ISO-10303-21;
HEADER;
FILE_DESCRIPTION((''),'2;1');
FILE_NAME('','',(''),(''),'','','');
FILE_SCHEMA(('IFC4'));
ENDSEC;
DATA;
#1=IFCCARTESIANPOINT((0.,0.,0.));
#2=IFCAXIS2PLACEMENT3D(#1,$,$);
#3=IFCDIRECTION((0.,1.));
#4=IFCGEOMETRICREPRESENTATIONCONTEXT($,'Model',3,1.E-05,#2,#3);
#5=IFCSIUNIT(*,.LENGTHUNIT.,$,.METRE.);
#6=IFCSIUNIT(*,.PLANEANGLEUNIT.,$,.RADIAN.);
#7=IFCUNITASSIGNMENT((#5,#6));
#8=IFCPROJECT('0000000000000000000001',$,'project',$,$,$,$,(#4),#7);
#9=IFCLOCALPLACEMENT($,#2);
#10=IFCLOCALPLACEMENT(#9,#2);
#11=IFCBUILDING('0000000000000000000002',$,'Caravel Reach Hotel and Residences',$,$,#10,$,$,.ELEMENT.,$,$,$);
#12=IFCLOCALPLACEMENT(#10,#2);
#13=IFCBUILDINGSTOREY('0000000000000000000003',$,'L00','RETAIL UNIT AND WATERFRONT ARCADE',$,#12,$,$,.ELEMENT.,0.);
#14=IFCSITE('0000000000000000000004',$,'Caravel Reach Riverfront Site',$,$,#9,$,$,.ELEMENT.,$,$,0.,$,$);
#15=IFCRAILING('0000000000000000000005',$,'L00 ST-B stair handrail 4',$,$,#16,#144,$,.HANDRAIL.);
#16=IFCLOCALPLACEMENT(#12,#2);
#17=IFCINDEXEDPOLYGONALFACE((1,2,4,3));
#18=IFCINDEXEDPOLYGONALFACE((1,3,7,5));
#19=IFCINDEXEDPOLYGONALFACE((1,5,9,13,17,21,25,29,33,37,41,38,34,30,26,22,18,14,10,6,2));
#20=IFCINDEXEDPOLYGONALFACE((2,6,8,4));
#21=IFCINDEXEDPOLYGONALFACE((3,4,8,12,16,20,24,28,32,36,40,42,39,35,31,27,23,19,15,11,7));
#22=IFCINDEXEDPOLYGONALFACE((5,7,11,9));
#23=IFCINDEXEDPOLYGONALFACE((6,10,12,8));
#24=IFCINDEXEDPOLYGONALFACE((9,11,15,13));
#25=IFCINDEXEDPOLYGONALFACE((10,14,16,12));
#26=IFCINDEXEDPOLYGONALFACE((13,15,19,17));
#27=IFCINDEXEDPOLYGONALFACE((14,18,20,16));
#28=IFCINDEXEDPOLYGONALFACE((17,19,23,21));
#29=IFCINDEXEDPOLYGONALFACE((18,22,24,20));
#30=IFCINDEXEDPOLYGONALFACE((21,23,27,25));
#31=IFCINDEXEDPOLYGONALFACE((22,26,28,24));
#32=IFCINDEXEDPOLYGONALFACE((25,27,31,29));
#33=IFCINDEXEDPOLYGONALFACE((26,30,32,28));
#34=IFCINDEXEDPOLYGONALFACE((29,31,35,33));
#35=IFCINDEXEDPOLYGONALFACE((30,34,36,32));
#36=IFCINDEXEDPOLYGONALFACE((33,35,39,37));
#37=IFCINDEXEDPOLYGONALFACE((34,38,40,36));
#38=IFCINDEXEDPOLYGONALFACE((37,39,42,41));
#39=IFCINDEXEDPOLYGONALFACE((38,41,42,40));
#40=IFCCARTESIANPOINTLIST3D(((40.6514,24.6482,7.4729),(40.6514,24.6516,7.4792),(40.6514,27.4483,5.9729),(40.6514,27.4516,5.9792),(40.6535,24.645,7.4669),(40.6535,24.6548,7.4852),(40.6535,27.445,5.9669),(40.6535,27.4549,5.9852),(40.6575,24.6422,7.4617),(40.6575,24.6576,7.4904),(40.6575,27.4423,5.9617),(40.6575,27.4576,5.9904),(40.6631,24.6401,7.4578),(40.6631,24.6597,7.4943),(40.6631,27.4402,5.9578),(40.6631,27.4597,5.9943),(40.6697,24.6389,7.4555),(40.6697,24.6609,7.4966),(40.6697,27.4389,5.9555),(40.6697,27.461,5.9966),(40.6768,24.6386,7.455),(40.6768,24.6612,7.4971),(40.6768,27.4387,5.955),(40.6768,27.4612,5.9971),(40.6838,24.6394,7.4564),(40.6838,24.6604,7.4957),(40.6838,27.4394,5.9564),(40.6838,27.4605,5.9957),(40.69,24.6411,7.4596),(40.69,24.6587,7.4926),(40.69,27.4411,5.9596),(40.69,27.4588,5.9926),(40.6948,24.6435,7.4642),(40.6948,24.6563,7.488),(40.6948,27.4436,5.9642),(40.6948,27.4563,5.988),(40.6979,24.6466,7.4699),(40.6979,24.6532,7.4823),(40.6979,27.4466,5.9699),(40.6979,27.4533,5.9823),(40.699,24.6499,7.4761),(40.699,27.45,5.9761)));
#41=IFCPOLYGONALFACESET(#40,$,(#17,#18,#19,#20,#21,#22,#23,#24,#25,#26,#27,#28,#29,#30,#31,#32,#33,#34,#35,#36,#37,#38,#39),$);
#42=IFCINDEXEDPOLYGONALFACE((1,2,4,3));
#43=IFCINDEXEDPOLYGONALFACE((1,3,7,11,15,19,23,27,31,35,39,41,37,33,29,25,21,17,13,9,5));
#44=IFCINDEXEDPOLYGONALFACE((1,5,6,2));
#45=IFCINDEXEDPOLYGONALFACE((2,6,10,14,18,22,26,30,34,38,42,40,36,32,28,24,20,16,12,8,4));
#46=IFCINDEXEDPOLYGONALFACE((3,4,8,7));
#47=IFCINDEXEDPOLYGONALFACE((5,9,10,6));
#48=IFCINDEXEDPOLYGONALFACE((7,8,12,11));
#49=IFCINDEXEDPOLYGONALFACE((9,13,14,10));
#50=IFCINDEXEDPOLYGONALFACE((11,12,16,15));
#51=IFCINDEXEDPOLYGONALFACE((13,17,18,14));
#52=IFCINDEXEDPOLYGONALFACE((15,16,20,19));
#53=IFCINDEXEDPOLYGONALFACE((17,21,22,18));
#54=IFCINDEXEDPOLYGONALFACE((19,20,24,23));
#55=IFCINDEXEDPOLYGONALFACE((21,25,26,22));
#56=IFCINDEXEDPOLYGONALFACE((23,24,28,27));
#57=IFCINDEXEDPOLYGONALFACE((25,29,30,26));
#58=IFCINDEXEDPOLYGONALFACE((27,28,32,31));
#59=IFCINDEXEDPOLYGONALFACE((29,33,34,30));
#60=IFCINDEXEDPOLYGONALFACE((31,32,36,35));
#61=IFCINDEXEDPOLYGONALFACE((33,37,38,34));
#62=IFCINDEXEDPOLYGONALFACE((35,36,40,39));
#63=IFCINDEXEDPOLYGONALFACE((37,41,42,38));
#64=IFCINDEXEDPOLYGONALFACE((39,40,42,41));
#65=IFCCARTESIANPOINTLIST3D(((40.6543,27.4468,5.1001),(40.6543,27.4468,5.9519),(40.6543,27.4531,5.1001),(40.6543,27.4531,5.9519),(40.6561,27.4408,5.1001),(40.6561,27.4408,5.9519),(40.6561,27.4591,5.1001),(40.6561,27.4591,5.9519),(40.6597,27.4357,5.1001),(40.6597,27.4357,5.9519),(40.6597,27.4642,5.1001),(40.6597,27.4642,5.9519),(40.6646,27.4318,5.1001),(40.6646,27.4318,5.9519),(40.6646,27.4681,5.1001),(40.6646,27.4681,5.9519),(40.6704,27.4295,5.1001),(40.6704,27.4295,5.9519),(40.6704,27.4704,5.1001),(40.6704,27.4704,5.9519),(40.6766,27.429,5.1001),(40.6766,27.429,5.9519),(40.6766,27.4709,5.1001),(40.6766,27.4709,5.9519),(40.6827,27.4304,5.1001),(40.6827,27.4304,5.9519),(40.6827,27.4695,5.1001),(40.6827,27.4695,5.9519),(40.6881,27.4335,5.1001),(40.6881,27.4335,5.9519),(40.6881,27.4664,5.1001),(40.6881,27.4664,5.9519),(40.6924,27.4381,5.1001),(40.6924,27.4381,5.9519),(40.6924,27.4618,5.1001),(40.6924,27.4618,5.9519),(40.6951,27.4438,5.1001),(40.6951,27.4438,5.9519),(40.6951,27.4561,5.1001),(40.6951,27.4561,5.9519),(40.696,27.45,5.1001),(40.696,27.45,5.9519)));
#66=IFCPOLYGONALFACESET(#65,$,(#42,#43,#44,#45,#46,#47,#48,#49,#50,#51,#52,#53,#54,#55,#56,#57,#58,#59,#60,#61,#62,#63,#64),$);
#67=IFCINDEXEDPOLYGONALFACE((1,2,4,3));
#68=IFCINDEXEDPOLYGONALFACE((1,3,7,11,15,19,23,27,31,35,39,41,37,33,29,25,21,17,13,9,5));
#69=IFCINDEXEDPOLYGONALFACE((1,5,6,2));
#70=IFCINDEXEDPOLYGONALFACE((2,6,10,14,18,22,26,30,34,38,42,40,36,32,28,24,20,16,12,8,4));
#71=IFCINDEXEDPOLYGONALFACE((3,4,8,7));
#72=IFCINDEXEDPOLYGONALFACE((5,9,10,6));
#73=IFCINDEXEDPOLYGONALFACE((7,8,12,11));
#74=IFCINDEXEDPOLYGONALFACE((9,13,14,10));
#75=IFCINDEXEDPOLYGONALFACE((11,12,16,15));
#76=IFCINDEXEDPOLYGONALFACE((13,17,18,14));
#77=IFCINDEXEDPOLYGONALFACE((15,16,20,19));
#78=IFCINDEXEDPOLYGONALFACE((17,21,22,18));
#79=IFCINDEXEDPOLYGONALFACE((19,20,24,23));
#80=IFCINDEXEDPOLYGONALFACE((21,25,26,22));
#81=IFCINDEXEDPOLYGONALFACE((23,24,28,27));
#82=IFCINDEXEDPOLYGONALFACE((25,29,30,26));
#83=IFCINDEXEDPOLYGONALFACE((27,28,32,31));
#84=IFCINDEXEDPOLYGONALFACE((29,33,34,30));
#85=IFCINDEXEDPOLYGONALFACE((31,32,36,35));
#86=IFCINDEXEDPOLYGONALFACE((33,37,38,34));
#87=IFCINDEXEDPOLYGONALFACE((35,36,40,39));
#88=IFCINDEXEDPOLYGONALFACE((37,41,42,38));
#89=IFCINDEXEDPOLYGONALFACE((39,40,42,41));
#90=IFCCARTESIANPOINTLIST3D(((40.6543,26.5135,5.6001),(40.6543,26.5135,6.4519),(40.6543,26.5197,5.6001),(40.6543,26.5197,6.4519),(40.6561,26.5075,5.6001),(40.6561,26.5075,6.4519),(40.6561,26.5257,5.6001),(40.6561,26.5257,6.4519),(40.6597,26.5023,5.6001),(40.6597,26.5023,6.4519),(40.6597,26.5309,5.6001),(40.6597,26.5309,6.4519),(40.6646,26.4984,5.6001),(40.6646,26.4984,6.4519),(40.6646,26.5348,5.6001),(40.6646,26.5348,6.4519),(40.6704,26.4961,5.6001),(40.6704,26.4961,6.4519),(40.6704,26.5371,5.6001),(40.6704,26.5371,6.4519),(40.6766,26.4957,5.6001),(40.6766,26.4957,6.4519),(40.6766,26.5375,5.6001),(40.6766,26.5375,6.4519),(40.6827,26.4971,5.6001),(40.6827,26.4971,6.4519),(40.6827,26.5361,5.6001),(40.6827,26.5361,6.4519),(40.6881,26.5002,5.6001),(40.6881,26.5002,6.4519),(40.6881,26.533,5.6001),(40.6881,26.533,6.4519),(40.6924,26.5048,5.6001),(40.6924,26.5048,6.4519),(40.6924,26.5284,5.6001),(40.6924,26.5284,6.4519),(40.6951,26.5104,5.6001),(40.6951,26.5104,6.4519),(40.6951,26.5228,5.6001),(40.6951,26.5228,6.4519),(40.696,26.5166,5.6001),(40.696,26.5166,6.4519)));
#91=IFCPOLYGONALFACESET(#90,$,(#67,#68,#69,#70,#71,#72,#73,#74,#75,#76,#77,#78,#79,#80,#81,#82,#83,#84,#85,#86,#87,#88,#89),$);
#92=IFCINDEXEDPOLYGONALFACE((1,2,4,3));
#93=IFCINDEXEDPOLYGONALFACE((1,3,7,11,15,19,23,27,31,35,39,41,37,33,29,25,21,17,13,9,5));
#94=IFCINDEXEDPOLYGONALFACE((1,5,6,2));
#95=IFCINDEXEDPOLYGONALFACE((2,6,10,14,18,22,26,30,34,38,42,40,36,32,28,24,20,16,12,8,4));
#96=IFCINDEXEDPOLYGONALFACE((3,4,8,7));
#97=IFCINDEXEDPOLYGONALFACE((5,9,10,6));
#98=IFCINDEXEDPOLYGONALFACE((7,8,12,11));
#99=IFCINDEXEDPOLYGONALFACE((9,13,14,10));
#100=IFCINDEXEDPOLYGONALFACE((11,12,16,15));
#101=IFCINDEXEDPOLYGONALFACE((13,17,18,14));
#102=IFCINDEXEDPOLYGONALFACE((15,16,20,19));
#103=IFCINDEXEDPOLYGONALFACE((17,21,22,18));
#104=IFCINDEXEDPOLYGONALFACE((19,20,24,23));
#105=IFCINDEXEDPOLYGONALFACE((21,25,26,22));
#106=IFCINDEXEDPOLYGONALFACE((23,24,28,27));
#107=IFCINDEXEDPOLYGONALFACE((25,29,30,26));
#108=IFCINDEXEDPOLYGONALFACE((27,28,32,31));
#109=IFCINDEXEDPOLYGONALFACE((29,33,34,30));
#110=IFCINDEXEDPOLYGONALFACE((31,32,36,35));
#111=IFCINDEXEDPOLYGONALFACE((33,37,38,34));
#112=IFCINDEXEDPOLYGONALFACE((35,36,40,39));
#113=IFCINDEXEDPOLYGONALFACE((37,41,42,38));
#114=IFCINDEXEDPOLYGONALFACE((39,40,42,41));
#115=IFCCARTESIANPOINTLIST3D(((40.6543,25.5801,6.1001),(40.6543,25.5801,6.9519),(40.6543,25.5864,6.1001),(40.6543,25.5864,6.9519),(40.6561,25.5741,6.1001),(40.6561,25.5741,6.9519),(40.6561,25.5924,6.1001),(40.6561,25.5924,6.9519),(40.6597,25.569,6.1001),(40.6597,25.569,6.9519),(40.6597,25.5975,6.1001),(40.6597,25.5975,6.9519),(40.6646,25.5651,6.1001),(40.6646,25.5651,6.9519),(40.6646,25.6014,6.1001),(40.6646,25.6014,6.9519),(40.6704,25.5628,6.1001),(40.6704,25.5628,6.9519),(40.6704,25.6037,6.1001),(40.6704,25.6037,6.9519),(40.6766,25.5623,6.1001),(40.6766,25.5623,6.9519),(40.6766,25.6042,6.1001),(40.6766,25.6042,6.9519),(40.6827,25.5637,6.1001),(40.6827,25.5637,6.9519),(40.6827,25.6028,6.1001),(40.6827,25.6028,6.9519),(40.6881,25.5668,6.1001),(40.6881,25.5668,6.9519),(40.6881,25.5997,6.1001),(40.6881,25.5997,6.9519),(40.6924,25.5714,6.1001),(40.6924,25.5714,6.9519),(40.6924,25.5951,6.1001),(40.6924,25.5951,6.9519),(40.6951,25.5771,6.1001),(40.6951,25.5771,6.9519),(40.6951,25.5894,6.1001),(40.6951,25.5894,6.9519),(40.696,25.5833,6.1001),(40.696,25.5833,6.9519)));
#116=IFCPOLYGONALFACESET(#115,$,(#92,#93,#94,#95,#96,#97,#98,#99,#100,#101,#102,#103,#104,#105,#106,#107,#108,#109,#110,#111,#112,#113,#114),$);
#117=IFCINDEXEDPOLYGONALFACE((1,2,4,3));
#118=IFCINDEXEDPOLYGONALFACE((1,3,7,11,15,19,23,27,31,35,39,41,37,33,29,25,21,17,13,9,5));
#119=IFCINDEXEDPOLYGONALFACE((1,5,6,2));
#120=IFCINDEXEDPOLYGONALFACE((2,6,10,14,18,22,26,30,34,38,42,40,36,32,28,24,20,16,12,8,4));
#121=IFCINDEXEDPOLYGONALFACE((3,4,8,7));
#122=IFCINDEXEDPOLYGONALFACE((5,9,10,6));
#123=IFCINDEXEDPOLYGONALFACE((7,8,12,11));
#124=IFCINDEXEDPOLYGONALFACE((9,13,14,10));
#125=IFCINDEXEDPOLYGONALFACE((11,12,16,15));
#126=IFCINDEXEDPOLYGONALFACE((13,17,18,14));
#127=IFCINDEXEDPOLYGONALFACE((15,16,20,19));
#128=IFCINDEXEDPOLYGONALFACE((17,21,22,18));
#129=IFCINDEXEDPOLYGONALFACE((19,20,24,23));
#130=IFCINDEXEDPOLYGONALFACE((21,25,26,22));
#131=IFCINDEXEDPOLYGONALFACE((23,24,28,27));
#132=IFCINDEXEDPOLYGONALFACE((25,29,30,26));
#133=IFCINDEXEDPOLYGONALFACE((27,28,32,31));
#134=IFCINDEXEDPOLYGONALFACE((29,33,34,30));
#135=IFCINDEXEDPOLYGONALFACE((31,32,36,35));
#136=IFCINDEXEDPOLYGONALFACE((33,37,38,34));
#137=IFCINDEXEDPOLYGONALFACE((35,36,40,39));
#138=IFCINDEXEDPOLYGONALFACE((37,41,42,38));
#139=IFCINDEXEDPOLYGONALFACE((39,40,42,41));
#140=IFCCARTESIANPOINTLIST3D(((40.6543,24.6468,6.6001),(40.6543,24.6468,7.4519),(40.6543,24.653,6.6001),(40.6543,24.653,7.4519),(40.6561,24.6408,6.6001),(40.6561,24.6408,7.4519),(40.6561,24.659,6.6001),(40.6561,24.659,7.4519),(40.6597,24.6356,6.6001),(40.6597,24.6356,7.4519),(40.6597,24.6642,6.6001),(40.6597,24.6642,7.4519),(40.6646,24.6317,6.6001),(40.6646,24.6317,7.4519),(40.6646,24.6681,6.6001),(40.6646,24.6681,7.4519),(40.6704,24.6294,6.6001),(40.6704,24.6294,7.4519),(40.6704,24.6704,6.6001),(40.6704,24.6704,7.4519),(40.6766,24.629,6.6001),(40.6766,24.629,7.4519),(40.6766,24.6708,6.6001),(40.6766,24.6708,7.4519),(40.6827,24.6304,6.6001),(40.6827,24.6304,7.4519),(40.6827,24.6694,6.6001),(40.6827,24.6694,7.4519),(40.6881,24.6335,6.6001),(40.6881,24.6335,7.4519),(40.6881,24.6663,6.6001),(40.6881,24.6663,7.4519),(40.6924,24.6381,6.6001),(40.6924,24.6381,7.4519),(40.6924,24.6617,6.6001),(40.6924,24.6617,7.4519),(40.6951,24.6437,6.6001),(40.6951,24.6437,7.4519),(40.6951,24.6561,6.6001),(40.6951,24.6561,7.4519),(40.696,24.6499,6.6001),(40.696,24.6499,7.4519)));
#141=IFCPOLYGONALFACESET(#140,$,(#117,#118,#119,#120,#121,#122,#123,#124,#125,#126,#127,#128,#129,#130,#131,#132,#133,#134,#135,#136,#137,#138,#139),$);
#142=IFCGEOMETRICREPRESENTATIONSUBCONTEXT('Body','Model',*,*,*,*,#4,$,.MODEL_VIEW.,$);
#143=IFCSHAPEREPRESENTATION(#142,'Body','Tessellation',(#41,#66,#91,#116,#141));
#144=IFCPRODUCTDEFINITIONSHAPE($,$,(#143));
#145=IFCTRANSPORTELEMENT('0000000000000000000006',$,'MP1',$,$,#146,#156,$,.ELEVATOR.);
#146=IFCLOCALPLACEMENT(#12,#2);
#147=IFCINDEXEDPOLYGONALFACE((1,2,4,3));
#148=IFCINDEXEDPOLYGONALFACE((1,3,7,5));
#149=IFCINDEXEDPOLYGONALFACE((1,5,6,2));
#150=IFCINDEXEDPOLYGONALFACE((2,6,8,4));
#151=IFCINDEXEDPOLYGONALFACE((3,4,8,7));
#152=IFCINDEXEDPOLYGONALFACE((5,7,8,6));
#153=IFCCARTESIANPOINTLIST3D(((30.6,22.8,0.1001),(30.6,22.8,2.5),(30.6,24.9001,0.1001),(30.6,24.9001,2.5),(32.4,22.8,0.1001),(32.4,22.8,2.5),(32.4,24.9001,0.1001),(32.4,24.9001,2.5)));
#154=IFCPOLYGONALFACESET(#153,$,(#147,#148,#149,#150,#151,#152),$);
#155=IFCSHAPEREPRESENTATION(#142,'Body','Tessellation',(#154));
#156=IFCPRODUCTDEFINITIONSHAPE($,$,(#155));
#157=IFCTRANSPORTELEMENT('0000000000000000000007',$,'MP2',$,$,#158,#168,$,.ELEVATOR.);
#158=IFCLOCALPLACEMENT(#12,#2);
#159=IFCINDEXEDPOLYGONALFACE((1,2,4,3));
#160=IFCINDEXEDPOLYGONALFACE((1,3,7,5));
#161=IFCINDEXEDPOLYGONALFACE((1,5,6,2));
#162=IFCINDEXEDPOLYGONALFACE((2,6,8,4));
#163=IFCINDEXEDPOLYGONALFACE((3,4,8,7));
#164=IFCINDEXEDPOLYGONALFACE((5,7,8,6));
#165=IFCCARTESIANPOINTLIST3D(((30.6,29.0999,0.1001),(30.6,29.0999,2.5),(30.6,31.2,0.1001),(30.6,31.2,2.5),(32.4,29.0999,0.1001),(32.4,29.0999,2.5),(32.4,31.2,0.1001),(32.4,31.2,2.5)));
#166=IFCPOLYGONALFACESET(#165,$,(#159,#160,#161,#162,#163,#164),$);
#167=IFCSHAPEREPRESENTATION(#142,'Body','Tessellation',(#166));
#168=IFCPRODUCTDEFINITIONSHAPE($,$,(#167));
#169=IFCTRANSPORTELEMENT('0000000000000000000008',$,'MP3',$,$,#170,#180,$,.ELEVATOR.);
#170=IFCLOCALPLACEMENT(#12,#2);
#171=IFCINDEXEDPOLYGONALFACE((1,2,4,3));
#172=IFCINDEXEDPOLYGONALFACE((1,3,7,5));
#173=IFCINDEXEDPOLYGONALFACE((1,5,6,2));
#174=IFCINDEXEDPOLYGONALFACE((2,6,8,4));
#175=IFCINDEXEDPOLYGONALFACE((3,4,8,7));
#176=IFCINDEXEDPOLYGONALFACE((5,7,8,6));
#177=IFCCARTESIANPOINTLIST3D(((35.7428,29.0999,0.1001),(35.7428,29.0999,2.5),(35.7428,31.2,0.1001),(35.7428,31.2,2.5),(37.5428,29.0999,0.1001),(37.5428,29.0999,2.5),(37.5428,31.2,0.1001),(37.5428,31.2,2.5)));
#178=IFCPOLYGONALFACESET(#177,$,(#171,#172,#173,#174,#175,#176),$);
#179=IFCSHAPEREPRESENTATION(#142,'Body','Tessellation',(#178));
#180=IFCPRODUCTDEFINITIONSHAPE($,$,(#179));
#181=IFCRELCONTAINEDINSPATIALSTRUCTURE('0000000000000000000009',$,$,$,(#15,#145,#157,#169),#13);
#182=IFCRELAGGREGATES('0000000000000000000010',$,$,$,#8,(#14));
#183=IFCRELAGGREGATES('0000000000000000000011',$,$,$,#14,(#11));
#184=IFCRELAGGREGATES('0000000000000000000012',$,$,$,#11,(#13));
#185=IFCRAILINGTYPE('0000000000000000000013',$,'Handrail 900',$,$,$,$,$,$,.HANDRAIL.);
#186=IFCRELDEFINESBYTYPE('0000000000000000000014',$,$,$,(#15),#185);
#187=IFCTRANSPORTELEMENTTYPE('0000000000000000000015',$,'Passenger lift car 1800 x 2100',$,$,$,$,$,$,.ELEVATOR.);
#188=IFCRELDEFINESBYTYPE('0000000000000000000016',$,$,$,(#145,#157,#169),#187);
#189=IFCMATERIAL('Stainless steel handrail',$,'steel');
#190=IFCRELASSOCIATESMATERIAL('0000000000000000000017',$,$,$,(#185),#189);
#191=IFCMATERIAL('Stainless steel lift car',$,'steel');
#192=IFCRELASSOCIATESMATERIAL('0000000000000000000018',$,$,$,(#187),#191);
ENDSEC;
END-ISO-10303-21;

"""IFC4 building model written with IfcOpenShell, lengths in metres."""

from ifc_helpers import new_model, si_unit, direction, frame, origin, origin_2d, place, context, subcontext, project, spatial, rectangle, circle, extrude, material, type_object, element, save


model = new_model("IFC4")

# Units and contexts
model_context = context("Model", 3, precision=1e-05, world=origin(), true_north=direction((0.0, 1.0)))
body_context = subcontext(model_context, "Body", "Model", "MODEL_VIEW")
ifc_project = project(units=[si_unit("LENGTHUNIT", "METRE"), si_unit("PLANEANGLEUNIT", "RADIAN")], contexts=[model_context])

# Site, building, storey
site_placement = place(None, origin())
site = spatial("IfcSite", under=ifc_project, at=site_placement, Name="Caravel Reach Riverfront Site", CompositionType="ELEMENT", RefElevation=0.0)
building_placement = place(site_placement, origin())
building = spatial("IfcBuilding", under=site, at=building_placement, Name="Caravel Reach Hotel and Residences", CompositionType="ELEMENT")
storey_placement = place(building_placement, origin())
storey = spatial("IfcBuildingStorey", under=building, at=storey_placement, Name="L00", Description="RETAIL UNIT AND WATERFRONT ARCADE", CompositionType="ELEMENT", Elevation=0.0)

# Railing
ifc_material_1 = material(Name="Stainless steel handrail", Category="steel")
railing_type_1 = type_object("IfcRailingType", Name="Handrail 900", PredefinedType="HANDRAIL", material=ifc_material_1)
for number, where, name in (
    (1, (40.675, 27.45, 5.1001), "L00 ST-B stair handrail 4"),
):
    element("IfcRailing", number, at=place(storey_placement, frame(where)), inside=storey, type_object=railing_type_1, Name=name, PredefinedType="HANDRAIL", context=body_context, shape_type="SweptSolid", body=[
        extrude(circle(Radius=0.0239, at=origin_2d()), frame((0.0, 0.0, 0.876), z_axis=(0.0, -0.881483, 0.472215), x_axis=(1.0, 0.0, 0.0)), (0.0, 0.0, 1.0), 3.1765),
        extrude(circle(Radius=0.021, at=origin_2d()), origin(), (0.0, 0.0, 1.0), 0.8518),
        extrude(circle(Radius=0.021, at=origin_2d()), frame((0.0, -0.9333, 0.5)), (0.0, 0.0, 1.0), 0.8518),
        extrude(circle(Radius=0.021, at=origin_2d()), frame((0.0, -1.8667, 1.0)), (0.0, 0.0, 1.0), 0.8518),
        extrude(circle(Radius=0.021, at=origin_2d()), frame((0.0, -2.8, 1.5)), (0.0, 0.0, 1.0), 0.8518),
    ])

# Transport elements
ifc_material_2 = material(Name="Stainless steel lift car", Category="steel")
transport_element_type = type_object("IfcTransportElementType", Name="Passenger lift car 1800 x 2100", PredefinedType="ELEVATOR", material=ifc_material_2)
for number, where, z_axis, x_axis, name in (
    (2, (31.5, 23.8501, 0.1001), (0.0, 0.0, 1.0), (1.0, 0.0, 0.0), "MP1"),
    (3, (31.5, 30.1499, 0.1001), (0.0, 0.0, 1.0), (1.0, 0.0, 0.0), "MP2"),
    (4, (36.6428, 30.1499, 0.1001), (0.0, 0.0, 1.0), (1.0, 0.0, 0.0), "MP3"),
):
    element("IfcTransportElement", number, at=place(storey_placement, frame(where, z_axis=z_axis, x_axis=x_axis)), inside=storey, type_object=transport_element_type, Name=name, PredefinedType="ELEVATOR", context=body_context, shape_type="SweptSolid", body=[
        extrude(rectangle(XDim=1.8, YDim=2.1001, at=origin_2d()), origin(), (0.0, 0.0, 1.0), 2.3999),
    ])

save(model, "model.ifc")
